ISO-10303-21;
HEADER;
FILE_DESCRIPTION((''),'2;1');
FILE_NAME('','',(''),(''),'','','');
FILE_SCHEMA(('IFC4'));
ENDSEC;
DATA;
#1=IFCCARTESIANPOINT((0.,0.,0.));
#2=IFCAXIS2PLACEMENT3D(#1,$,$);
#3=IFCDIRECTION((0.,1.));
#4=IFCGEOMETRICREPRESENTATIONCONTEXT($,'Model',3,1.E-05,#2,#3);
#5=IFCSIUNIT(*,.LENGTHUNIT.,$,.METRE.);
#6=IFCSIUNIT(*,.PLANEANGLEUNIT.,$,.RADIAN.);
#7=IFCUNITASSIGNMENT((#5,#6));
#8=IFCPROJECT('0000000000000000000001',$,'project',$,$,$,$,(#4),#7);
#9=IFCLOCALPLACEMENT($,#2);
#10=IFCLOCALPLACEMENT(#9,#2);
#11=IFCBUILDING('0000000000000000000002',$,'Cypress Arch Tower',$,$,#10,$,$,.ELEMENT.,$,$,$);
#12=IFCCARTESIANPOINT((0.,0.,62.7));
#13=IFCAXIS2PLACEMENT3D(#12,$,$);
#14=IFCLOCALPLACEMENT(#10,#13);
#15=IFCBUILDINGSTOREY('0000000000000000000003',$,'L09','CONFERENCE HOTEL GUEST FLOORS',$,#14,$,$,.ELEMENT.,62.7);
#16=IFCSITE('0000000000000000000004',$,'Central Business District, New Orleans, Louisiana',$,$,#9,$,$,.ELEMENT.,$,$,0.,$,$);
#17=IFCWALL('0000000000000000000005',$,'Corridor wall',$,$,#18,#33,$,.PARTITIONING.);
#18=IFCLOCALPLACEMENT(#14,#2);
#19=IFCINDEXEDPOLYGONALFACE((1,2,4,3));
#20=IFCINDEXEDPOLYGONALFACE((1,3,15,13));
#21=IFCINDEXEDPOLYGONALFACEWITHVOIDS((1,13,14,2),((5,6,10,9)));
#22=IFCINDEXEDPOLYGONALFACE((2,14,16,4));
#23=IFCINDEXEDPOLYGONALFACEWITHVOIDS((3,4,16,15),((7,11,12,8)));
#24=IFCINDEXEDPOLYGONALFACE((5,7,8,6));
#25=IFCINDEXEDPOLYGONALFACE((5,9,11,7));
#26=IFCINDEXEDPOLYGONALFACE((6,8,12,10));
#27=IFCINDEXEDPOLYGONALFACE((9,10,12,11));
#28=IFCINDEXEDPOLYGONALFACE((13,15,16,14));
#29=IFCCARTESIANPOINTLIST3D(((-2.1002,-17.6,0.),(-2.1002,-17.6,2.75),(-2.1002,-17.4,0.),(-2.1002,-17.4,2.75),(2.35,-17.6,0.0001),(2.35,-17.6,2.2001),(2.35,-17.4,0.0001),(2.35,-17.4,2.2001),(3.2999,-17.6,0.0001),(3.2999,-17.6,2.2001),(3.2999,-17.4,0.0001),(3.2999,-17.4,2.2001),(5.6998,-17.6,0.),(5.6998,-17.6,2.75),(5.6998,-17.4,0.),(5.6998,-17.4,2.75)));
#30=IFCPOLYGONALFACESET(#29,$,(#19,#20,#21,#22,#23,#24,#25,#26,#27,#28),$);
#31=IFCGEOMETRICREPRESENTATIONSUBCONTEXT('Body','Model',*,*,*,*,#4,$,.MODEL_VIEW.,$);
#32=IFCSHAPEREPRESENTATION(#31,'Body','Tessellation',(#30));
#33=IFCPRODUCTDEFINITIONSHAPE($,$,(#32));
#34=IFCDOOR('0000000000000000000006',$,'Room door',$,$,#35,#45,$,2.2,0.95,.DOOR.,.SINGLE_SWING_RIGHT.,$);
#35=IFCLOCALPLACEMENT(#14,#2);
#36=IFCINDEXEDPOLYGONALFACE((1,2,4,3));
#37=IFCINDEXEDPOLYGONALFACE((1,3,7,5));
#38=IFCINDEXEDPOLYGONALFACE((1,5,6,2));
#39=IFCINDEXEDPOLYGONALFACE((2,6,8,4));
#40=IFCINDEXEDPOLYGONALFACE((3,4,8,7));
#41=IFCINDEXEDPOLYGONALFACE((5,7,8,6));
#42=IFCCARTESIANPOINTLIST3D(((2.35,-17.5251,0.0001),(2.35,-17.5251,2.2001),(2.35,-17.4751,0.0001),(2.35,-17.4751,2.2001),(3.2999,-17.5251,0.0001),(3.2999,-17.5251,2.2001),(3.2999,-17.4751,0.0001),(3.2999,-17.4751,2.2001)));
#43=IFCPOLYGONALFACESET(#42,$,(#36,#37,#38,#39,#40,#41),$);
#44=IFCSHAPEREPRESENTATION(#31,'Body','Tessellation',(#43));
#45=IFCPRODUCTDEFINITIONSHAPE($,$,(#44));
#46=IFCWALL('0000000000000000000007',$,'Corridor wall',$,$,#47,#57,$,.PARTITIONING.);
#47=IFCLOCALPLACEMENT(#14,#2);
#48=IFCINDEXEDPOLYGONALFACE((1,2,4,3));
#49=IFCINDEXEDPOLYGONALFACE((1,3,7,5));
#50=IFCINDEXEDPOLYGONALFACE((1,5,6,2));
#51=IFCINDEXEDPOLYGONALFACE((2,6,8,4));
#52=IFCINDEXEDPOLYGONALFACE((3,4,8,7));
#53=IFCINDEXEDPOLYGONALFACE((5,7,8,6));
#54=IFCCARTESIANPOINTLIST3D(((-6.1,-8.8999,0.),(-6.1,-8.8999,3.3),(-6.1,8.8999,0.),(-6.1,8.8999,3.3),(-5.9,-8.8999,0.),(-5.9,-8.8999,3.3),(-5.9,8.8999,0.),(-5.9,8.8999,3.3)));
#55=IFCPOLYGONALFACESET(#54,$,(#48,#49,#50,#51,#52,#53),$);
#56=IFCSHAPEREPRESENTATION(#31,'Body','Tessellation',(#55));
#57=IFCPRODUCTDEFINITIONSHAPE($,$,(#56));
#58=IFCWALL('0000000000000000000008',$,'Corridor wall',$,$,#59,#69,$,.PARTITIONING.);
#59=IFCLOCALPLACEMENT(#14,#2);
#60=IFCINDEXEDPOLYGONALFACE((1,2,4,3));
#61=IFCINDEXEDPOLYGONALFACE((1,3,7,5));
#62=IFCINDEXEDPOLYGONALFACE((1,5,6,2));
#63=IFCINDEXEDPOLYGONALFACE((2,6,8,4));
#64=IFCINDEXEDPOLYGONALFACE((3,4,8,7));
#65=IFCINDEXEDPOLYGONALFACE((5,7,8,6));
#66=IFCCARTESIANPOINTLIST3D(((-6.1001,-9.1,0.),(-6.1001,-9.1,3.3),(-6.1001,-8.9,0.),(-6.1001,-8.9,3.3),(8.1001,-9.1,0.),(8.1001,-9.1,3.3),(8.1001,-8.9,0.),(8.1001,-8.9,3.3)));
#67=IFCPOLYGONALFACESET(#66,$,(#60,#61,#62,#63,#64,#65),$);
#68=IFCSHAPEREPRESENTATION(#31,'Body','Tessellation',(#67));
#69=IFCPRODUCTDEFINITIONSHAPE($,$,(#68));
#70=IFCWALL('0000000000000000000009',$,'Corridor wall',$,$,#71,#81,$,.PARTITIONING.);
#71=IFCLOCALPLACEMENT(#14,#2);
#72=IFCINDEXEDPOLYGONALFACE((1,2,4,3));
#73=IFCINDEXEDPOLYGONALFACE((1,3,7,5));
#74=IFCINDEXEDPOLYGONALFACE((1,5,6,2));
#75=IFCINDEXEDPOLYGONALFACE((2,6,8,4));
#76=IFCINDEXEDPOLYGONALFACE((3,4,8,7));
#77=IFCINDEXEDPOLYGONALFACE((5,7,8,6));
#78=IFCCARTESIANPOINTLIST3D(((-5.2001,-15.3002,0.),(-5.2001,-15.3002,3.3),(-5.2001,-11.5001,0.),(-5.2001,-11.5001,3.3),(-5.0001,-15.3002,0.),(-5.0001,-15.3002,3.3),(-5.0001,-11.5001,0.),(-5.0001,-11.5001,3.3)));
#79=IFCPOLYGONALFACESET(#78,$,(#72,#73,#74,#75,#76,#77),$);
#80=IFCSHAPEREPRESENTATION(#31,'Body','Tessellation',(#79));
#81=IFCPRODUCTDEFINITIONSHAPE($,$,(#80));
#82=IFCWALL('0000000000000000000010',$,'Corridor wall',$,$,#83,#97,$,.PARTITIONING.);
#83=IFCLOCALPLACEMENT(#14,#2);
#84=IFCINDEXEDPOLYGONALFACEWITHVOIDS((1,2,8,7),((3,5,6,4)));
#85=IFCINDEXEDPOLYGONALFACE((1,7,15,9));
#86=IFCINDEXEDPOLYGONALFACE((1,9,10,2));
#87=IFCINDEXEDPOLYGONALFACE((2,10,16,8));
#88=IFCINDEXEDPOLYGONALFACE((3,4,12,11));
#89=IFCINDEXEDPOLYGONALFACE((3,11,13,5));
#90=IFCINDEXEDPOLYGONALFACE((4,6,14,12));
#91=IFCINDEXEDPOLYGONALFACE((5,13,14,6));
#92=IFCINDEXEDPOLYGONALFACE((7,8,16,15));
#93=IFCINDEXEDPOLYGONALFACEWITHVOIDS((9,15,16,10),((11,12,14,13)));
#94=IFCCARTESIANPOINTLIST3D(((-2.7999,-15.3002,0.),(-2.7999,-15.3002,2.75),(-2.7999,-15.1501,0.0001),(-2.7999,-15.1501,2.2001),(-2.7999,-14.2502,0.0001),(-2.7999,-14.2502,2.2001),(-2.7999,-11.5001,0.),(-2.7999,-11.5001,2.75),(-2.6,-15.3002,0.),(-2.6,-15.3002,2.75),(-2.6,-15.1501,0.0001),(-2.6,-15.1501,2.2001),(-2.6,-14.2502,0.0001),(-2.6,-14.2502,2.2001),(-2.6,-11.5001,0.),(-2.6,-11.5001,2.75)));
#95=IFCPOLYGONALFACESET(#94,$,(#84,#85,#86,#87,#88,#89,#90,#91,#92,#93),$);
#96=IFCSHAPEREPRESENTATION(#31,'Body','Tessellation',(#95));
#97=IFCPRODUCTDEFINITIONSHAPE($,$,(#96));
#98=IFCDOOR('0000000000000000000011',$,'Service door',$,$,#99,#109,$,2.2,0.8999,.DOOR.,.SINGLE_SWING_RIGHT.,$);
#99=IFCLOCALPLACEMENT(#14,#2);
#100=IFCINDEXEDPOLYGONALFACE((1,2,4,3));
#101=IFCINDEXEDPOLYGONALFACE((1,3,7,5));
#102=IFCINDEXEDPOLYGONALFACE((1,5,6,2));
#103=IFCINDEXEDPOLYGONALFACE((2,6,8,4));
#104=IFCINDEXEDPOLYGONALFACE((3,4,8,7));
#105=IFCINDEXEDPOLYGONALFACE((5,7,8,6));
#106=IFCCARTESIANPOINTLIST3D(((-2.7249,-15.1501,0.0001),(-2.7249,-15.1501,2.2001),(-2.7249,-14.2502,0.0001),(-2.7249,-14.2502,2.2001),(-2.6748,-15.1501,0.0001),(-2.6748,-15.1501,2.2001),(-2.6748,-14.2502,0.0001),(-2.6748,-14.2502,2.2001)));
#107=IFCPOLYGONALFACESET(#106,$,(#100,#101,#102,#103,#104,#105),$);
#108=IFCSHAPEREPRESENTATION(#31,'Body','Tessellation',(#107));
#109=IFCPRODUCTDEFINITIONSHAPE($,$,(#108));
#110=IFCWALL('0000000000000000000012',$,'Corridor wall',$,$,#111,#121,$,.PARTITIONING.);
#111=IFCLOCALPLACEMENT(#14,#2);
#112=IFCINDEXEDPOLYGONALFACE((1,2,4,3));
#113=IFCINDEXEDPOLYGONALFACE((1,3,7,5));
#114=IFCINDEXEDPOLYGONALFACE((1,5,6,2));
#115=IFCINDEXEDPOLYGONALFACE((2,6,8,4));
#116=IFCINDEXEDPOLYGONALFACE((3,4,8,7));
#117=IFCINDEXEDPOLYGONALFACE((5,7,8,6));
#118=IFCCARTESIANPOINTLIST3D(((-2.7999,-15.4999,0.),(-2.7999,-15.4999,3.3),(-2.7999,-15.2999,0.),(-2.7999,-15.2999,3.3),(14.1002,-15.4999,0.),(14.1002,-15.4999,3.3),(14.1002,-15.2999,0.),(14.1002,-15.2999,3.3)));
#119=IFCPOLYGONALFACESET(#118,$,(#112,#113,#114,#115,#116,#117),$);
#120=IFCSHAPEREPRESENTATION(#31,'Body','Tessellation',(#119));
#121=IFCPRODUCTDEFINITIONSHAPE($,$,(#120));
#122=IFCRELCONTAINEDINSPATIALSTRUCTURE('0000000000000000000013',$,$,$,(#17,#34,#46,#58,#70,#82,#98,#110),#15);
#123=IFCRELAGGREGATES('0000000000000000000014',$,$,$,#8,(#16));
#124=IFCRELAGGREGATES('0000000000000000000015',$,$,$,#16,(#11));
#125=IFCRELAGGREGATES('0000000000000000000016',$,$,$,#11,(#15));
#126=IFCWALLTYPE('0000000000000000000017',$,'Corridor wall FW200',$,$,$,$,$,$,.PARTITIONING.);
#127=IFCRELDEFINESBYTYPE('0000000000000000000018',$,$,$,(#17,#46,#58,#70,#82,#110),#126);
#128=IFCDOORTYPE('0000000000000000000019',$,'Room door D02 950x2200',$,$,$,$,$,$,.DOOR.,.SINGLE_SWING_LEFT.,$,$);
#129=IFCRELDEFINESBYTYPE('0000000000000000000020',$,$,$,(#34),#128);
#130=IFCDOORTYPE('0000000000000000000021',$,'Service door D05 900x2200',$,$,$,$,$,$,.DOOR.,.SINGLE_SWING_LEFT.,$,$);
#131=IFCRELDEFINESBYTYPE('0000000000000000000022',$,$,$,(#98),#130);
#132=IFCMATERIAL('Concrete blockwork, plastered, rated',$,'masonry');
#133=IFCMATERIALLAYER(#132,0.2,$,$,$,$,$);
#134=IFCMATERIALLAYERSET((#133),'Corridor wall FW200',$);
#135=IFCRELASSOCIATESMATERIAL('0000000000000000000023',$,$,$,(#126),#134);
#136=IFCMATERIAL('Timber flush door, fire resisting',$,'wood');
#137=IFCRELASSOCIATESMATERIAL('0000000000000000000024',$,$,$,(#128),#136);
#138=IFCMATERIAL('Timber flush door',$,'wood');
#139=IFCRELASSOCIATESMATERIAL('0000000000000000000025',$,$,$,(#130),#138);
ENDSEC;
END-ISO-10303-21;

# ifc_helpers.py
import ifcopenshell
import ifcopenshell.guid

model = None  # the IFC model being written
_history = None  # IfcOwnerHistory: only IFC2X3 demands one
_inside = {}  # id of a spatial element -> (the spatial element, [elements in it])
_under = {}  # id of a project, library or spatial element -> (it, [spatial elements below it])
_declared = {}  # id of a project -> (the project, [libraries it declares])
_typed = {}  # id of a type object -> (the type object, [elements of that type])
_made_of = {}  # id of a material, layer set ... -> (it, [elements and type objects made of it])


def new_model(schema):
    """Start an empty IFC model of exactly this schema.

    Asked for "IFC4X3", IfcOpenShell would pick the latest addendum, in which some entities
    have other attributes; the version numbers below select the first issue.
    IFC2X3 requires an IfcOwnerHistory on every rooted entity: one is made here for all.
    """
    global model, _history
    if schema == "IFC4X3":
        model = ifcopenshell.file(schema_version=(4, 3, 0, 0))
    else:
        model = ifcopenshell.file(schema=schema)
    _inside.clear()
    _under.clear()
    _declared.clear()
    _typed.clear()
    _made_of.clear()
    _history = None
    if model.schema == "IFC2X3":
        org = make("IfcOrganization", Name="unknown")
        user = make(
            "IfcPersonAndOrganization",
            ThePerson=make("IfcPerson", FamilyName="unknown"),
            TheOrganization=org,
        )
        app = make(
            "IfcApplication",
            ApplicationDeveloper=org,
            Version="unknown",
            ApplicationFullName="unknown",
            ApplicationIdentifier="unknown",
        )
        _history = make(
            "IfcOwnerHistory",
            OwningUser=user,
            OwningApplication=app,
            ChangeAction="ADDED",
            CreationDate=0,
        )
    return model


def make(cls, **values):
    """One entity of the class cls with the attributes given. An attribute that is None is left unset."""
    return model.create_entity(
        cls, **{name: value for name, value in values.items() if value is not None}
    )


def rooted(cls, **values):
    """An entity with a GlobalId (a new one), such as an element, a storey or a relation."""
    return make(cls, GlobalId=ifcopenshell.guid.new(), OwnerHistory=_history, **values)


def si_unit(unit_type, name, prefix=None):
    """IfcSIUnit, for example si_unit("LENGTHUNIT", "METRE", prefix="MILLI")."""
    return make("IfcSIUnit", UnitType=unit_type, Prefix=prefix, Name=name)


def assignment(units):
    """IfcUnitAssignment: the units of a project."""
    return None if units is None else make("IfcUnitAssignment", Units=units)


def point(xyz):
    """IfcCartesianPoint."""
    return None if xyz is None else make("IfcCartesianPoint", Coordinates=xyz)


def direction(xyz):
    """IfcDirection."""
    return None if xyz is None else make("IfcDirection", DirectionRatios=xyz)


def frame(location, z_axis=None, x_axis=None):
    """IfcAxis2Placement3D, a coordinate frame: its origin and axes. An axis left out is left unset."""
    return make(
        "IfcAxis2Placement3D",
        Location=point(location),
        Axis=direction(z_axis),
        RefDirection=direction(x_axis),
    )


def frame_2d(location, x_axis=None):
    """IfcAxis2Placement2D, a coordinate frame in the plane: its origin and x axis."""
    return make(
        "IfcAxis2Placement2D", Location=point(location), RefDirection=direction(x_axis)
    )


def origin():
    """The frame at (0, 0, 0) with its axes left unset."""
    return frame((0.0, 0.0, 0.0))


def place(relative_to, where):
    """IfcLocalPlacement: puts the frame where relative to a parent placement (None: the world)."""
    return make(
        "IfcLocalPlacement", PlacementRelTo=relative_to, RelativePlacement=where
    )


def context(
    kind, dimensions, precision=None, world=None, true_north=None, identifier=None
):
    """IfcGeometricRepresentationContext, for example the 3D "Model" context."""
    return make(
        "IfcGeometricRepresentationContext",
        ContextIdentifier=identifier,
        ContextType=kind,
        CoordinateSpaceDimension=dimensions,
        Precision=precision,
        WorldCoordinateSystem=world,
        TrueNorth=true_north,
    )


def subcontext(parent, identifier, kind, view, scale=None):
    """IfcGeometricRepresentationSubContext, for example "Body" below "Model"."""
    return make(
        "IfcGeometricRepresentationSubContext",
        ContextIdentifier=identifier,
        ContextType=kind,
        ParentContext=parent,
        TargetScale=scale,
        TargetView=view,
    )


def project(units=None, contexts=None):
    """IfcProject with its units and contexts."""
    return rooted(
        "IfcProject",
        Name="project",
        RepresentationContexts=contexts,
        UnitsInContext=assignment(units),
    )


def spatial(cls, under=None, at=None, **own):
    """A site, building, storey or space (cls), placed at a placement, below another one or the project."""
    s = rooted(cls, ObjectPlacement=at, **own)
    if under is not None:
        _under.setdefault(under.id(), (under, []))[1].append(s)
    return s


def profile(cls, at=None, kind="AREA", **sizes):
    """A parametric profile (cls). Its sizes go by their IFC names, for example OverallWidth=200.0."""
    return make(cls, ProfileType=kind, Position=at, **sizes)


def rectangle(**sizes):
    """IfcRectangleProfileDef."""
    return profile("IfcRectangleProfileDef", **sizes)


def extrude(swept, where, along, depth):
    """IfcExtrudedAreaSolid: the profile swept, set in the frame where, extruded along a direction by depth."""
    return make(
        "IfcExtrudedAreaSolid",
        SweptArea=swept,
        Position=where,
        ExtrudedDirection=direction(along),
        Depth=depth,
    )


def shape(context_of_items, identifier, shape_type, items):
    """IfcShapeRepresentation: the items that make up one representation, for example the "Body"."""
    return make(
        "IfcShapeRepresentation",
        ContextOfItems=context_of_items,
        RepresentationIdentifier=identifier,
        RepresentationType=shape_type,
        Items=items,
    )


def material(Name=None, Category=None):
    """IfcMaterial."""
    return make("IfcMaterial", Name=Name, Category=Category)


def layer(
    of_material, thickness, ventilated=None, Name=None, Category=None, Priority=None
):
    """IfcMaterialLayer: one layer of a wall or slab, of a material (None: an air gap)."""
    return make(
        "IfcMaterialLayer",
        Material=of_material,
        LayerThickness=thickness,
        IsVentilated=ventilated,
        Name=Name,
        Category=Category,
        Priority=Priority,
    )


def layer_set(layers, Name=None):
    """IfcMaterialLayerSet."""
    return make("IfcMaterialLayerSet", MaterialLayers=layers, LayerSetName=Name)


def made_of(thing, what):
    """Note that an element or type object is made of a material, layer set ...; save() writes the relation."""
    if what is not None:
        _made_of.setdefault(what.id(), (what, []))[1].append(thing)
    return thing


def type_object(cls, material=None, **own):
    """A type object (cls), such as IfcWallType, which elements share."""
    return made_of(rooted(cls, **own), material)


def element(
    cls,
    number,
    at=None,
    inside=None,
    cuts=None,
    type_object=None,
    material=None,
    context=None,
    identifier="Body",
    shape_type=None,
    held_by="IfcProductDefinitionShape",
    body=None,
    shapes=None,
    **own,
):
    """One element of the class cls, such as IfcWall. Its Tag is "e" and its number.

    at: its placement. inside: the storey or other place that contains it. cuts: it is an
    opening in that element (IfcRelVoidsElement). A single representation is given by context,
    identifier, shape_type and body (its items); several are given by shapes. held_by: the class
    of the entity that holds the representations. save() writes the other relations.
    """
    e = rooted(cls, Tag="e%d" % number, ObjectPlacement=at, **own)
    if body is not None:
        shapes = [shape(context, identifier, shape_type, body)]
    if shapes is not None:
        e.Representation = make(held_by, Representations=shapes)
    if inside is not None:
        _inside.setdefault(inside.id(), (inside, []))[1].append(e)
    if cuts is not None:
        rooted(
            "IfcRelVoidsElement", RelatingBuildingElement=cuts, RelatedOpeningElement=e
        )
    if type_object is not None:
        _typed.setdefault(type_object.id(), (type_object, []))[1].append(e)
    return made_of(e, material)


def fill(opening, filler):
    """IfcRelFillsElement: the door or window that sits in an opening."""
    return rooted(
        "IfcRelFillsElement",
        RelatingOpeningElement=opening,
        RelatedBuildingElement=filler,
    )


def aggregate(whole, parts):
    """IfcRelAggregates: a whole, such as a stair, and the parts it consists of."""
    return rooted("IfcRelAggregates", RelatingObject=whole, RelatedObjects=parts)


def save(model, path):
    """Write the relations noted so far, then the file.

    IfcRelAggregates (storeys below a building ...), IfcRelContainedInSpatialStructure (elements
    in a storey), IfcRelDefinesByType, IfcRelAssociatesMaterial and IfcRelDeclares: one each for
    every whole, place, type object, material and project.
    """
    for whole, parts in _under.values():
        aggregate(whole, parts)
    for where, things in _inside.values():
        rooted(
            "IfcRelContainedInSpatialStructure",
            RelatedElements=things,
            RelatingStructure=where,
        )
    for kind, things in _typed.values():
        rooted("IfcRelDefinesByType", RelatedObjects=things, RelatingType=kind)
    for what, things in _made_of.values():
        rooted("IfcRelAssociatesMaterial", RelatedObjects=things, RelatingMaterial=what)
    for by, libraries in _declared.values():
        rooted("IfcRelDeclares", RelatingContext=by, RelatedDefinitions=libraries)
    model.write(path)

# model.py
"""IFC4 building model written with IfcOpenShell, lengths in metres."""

from ifc_helpers import new_model, si_unit, direction, frame, frame_2d, origin, place, context, subcontext, project, spatial, rectangle, extrude, material, layer, layer_set, type_object, element, fill, save


model = new_model("IFC4")

# Units and contexts
model_context = context("Model", 3, precision=1e-05, world=origin(), true_north=direction((0.0, 1.0)))
body_context = subcontext(model_context, "Body", "Model", "MODEL_VIEW")
ifc_project = project(units=[si_unit("LENGTHUNIT", "METRE"), si_unit("PLANEANGLEUNIT", "RADIAN")], contexts=[model_context])

# Site, building, storey
site_placement = place(None, origin())
site = spatial("IfcSite", under=ifc_project, at=site_placement, Name="Central Business District, New Orleans, Louisiana", CompositionType="ELEMENT", RefElevation=0.0)
building_placement = place(site_placement, origin())
building = spatial("IfcBuilding", under=site, at=building_placement, Name="Cypress Arch Tower", CompositionType="ELEMENT")
storey_placement = place(building_placement, frame((0.0, 0.0, 62.7)))
storey = spatial("IfcBuildingStorey", under=building, at=storey_placement, Name="L09", Description="CONFERENCE HOTEL GUEST FLOORS", CompositionType="ELEMENT", Elevation=62.7)

# Wall, opening, door
ifc_material_1 = material(Name="Concrete blockwork, plastered, rated", Category="masonry")
ifc_layer = layer(ifc_material_1, 0.2)
ifc_layer_set = layer_set([ifc_layer], Name="Corridor wall FW200")
wall_type = type_object("IfcWallType", Name="Corridor wall FW200", PredefinedType="PARTITIONING", material=ifc_layer_set)
wall_1_placement = place(storey_placement, frame((-2.1001, -17.5, 0.0), z_axis=(0.0, 0.0, 1.0), x_axis=(1.0, 0.0, 0.0)))
wall_1 = element("IfcWall", 1, at=wall_1_placement, inside=storey, type_object=wall_type, Name="Corridor wall", PredefinedType="PARTITIONING", context=body_context, shape_type="SweptSolid", body=[
    extrude(rectangle(XDim=7.8, YDim=0.2, at=frame_2d((3.8999, 0.0))), origin(), (0.0, 0.0, 1.0), 2.75),
])
opening_1_placement = place(wall_1_placement, frame((4.45, 0.0, 0.0)))
opening_1 = element("IfcOpeningElement", 2, at=opening_1_placement, cuts=wall_1, PredefinedType="OPENING", context=body_context, shape_type="SweptSolid", body=[
    extrude(rectangle(XDim=0.95, YDim=2.2, at=frame_2d((0.4751, 1.1001))), frame((0.0, 0.1099, 0.0), z_axis=(0.0, -1.0, 0.0), x_axis=(1.0, 0.0, 0.0)), (0.0, 0.0, 1.0), 0.22),
])
ifc_material_2 = material(Name="Timber flush door, fire resisting", Category="wood")
door_type_1 = type_object("IfcDoorType", Name="Room door D02 950x2200", OperationType="SINGLE_SWING_LEFT", PredefinedType="DOOR", material=ifc_material_2)
door_1_placement = place(opening_1_placement, origin())
door_1 = element("IfcDoor", 3, at=door_1_placement, inside=storey, type_object=door_type_1, Name="Room door", OperationType="SINGLE_SWING_RIGHT", OverallHeight=2.2, OverallWidth=0.95, PredefinedType="DOOR", context=body_context, shape_type="SweptSolid", body=[
    extrude(rectangle(XDim=0.95, YDim=2.2, at=frame_2d((0.4751, 1.1001))), frame((0.0, 0.0249, 0.0), z_axis=(0.0, -1.0, 0.0), x_axis=(1.0, 0.0, 0.0)), (0.0, 0.0, 1.0), 0.05),
])
fill(opening_1, door_1)

# Walls
wall_2_placement = place(storey_placement, frame((-6.0, -8.8999, 0.0), z_axis=(0.0, 0.0, 1.0), x_axis=(0.0, 1.0, 0.0)))
element("IfcWall", 4, at=wall_2_placement, inside=storey, type_object=wall_type, Name="Corridor wall", PredefinedType="PARTITIONING", context=body_context, shape_type="SweptSolid", body=[
    extrude(rectangle(XDim=17.7998, YDim=0.2, at=frame_2d((8.8999, 0.0))), origin(), (0.0, 0.0, 1.0), 3.3),
])
wall_3_placement = place(storey_placement, frame((-6.1001, -9.0, 0.0), z_axis=(0.0, 0.0, 1.0), x_axis=(1.0, 0.0, 0.0)))
element("IfcWall", 5, at=wall_3_placement, inside=storey, type_object=wall_type, Name="Corridor wall", PredefinedType="PARTITIONING", context=body_context, shape_type="SweptSolid", body=[
    extrude(rectangle(XDim=14.2002, YDim=0.2, at=frame_2d((7.1001, 0.0))), origin(), (0.0, 0.0, 1.0), 3.3),
])
wall_4_placement = place(storey_placement, frame((-5.1001, -15.3, 0.0), z_axis=(0.0, 0.0, 1.0), x_axis=(0.0, 1.0, 0.0)))
element("IfcWall", 6, at=wall_4_placement, inside=storey, type_object=wall_type, Name="Corridor wall", PredefinedType="PARTITIONING", context=body_context, shape_type="SweptSolid", body=[
    extrude(rectangle(XDim=3.8, YDim=0.2, at=frame_2d((1.8999, 0.0))), origin(), (0.0, 0.0, 1.0), 3.3),
])

# Wall, opening, door
wall_5_placement = place(storey_placement, frame((-2.7, -15.3, 0.0), z_axis=(0.0, 0.0, 1.0), x_axis=(0.0, 1.0, 0.0)))
wall_5 = element("IfcWall", 7, at=wall_5_placement, inside=storey, type_object=wall_type, Name="Corridor wall", PredefinedType="PARTITIONING", context=body_context, shape_type="SweptSolid", body=[
    extrude(rectangle(XDim=3.8, YDim=0.2, at=frame_2d((1.8999, 0.0))), origin(), (0.0, 0.0, 1.0), 2.75),
])
opening_2_placement = place(wall_5_placement, frame((0.1499, 0.0, 0.0)))
opening_2 = element("IfcOpeningElement", 8, at=opening_2_placement, cuts=wall_5, PredefinedType="OPENING", context=body_context, shape_type="SweptSolid", body=[
    extrude(rectangle(XDim=0.8999, YDim=2.2, at=frame_2d((0.45, 1.1001))), frame((0.0, 0.1099, 0.0), z_axis=(0.0, -1.0, 0.0), x_axis=(1.0, 0.0, 0.0)), (0.0, 0.0, 1.0), 0.22),
])
ifc_material_3 = material(Name="Timber flush door", Category="wood")
door_type_2 = type_object("IfcDoorType", Name="Service door D05 900x2200", OperationType="SINGLE_SWING_LEFT", PredefinedType="DOOR", material=ifc_material_3)
door_2_placement = place(opening_2_placement, origin())
door_2 = element("IfcDoor", 9, at=door_2_placement, inside=storey, type_object=door_type_2, Name="Service door", OperationType="SINGLE_SWING_RIGHT", OverallHeight=2.2, OverallWidth=0.8999, PredefinedType="DOOR", context=body_context, shape_type="SweptSolid", body=[
    extrude(rectangle(XDim=0.8999, YDim=2.2, at=frame_2d((0.45, 1.1001))), frame((0.0, 0.0249, 0.0), z_axis=(0.0, -1.0, 0.0), x_axis=(1.0, 0.0, 0.0)), (0.0, 0.0, 1.0), 0.05),
])
fill(opening_2, door_2)

# Wall
wall_6_placement = place(storey_placement, frame((-2.8, -15.3999, 0.0), z_axis=(0.0, 0.0, 1.0), x_axis=(1.0, 0.0, 0.0)))
element("IfcWall", 10, at=wall_6_placement, inside=storey, type_object=wall_type, Name="Corridor wall", PredefinedType="PARTITIONING", context=body_context, shape_type="SweptSolid", body=[
    extrude(rectangle(XDim=16.9001, YDim=0.2, at=frame_2d((8.4502, 0.0))), origin(), (0.0, 0.0, 1.0), 3.3),
])

save(model, "model.ifc")
